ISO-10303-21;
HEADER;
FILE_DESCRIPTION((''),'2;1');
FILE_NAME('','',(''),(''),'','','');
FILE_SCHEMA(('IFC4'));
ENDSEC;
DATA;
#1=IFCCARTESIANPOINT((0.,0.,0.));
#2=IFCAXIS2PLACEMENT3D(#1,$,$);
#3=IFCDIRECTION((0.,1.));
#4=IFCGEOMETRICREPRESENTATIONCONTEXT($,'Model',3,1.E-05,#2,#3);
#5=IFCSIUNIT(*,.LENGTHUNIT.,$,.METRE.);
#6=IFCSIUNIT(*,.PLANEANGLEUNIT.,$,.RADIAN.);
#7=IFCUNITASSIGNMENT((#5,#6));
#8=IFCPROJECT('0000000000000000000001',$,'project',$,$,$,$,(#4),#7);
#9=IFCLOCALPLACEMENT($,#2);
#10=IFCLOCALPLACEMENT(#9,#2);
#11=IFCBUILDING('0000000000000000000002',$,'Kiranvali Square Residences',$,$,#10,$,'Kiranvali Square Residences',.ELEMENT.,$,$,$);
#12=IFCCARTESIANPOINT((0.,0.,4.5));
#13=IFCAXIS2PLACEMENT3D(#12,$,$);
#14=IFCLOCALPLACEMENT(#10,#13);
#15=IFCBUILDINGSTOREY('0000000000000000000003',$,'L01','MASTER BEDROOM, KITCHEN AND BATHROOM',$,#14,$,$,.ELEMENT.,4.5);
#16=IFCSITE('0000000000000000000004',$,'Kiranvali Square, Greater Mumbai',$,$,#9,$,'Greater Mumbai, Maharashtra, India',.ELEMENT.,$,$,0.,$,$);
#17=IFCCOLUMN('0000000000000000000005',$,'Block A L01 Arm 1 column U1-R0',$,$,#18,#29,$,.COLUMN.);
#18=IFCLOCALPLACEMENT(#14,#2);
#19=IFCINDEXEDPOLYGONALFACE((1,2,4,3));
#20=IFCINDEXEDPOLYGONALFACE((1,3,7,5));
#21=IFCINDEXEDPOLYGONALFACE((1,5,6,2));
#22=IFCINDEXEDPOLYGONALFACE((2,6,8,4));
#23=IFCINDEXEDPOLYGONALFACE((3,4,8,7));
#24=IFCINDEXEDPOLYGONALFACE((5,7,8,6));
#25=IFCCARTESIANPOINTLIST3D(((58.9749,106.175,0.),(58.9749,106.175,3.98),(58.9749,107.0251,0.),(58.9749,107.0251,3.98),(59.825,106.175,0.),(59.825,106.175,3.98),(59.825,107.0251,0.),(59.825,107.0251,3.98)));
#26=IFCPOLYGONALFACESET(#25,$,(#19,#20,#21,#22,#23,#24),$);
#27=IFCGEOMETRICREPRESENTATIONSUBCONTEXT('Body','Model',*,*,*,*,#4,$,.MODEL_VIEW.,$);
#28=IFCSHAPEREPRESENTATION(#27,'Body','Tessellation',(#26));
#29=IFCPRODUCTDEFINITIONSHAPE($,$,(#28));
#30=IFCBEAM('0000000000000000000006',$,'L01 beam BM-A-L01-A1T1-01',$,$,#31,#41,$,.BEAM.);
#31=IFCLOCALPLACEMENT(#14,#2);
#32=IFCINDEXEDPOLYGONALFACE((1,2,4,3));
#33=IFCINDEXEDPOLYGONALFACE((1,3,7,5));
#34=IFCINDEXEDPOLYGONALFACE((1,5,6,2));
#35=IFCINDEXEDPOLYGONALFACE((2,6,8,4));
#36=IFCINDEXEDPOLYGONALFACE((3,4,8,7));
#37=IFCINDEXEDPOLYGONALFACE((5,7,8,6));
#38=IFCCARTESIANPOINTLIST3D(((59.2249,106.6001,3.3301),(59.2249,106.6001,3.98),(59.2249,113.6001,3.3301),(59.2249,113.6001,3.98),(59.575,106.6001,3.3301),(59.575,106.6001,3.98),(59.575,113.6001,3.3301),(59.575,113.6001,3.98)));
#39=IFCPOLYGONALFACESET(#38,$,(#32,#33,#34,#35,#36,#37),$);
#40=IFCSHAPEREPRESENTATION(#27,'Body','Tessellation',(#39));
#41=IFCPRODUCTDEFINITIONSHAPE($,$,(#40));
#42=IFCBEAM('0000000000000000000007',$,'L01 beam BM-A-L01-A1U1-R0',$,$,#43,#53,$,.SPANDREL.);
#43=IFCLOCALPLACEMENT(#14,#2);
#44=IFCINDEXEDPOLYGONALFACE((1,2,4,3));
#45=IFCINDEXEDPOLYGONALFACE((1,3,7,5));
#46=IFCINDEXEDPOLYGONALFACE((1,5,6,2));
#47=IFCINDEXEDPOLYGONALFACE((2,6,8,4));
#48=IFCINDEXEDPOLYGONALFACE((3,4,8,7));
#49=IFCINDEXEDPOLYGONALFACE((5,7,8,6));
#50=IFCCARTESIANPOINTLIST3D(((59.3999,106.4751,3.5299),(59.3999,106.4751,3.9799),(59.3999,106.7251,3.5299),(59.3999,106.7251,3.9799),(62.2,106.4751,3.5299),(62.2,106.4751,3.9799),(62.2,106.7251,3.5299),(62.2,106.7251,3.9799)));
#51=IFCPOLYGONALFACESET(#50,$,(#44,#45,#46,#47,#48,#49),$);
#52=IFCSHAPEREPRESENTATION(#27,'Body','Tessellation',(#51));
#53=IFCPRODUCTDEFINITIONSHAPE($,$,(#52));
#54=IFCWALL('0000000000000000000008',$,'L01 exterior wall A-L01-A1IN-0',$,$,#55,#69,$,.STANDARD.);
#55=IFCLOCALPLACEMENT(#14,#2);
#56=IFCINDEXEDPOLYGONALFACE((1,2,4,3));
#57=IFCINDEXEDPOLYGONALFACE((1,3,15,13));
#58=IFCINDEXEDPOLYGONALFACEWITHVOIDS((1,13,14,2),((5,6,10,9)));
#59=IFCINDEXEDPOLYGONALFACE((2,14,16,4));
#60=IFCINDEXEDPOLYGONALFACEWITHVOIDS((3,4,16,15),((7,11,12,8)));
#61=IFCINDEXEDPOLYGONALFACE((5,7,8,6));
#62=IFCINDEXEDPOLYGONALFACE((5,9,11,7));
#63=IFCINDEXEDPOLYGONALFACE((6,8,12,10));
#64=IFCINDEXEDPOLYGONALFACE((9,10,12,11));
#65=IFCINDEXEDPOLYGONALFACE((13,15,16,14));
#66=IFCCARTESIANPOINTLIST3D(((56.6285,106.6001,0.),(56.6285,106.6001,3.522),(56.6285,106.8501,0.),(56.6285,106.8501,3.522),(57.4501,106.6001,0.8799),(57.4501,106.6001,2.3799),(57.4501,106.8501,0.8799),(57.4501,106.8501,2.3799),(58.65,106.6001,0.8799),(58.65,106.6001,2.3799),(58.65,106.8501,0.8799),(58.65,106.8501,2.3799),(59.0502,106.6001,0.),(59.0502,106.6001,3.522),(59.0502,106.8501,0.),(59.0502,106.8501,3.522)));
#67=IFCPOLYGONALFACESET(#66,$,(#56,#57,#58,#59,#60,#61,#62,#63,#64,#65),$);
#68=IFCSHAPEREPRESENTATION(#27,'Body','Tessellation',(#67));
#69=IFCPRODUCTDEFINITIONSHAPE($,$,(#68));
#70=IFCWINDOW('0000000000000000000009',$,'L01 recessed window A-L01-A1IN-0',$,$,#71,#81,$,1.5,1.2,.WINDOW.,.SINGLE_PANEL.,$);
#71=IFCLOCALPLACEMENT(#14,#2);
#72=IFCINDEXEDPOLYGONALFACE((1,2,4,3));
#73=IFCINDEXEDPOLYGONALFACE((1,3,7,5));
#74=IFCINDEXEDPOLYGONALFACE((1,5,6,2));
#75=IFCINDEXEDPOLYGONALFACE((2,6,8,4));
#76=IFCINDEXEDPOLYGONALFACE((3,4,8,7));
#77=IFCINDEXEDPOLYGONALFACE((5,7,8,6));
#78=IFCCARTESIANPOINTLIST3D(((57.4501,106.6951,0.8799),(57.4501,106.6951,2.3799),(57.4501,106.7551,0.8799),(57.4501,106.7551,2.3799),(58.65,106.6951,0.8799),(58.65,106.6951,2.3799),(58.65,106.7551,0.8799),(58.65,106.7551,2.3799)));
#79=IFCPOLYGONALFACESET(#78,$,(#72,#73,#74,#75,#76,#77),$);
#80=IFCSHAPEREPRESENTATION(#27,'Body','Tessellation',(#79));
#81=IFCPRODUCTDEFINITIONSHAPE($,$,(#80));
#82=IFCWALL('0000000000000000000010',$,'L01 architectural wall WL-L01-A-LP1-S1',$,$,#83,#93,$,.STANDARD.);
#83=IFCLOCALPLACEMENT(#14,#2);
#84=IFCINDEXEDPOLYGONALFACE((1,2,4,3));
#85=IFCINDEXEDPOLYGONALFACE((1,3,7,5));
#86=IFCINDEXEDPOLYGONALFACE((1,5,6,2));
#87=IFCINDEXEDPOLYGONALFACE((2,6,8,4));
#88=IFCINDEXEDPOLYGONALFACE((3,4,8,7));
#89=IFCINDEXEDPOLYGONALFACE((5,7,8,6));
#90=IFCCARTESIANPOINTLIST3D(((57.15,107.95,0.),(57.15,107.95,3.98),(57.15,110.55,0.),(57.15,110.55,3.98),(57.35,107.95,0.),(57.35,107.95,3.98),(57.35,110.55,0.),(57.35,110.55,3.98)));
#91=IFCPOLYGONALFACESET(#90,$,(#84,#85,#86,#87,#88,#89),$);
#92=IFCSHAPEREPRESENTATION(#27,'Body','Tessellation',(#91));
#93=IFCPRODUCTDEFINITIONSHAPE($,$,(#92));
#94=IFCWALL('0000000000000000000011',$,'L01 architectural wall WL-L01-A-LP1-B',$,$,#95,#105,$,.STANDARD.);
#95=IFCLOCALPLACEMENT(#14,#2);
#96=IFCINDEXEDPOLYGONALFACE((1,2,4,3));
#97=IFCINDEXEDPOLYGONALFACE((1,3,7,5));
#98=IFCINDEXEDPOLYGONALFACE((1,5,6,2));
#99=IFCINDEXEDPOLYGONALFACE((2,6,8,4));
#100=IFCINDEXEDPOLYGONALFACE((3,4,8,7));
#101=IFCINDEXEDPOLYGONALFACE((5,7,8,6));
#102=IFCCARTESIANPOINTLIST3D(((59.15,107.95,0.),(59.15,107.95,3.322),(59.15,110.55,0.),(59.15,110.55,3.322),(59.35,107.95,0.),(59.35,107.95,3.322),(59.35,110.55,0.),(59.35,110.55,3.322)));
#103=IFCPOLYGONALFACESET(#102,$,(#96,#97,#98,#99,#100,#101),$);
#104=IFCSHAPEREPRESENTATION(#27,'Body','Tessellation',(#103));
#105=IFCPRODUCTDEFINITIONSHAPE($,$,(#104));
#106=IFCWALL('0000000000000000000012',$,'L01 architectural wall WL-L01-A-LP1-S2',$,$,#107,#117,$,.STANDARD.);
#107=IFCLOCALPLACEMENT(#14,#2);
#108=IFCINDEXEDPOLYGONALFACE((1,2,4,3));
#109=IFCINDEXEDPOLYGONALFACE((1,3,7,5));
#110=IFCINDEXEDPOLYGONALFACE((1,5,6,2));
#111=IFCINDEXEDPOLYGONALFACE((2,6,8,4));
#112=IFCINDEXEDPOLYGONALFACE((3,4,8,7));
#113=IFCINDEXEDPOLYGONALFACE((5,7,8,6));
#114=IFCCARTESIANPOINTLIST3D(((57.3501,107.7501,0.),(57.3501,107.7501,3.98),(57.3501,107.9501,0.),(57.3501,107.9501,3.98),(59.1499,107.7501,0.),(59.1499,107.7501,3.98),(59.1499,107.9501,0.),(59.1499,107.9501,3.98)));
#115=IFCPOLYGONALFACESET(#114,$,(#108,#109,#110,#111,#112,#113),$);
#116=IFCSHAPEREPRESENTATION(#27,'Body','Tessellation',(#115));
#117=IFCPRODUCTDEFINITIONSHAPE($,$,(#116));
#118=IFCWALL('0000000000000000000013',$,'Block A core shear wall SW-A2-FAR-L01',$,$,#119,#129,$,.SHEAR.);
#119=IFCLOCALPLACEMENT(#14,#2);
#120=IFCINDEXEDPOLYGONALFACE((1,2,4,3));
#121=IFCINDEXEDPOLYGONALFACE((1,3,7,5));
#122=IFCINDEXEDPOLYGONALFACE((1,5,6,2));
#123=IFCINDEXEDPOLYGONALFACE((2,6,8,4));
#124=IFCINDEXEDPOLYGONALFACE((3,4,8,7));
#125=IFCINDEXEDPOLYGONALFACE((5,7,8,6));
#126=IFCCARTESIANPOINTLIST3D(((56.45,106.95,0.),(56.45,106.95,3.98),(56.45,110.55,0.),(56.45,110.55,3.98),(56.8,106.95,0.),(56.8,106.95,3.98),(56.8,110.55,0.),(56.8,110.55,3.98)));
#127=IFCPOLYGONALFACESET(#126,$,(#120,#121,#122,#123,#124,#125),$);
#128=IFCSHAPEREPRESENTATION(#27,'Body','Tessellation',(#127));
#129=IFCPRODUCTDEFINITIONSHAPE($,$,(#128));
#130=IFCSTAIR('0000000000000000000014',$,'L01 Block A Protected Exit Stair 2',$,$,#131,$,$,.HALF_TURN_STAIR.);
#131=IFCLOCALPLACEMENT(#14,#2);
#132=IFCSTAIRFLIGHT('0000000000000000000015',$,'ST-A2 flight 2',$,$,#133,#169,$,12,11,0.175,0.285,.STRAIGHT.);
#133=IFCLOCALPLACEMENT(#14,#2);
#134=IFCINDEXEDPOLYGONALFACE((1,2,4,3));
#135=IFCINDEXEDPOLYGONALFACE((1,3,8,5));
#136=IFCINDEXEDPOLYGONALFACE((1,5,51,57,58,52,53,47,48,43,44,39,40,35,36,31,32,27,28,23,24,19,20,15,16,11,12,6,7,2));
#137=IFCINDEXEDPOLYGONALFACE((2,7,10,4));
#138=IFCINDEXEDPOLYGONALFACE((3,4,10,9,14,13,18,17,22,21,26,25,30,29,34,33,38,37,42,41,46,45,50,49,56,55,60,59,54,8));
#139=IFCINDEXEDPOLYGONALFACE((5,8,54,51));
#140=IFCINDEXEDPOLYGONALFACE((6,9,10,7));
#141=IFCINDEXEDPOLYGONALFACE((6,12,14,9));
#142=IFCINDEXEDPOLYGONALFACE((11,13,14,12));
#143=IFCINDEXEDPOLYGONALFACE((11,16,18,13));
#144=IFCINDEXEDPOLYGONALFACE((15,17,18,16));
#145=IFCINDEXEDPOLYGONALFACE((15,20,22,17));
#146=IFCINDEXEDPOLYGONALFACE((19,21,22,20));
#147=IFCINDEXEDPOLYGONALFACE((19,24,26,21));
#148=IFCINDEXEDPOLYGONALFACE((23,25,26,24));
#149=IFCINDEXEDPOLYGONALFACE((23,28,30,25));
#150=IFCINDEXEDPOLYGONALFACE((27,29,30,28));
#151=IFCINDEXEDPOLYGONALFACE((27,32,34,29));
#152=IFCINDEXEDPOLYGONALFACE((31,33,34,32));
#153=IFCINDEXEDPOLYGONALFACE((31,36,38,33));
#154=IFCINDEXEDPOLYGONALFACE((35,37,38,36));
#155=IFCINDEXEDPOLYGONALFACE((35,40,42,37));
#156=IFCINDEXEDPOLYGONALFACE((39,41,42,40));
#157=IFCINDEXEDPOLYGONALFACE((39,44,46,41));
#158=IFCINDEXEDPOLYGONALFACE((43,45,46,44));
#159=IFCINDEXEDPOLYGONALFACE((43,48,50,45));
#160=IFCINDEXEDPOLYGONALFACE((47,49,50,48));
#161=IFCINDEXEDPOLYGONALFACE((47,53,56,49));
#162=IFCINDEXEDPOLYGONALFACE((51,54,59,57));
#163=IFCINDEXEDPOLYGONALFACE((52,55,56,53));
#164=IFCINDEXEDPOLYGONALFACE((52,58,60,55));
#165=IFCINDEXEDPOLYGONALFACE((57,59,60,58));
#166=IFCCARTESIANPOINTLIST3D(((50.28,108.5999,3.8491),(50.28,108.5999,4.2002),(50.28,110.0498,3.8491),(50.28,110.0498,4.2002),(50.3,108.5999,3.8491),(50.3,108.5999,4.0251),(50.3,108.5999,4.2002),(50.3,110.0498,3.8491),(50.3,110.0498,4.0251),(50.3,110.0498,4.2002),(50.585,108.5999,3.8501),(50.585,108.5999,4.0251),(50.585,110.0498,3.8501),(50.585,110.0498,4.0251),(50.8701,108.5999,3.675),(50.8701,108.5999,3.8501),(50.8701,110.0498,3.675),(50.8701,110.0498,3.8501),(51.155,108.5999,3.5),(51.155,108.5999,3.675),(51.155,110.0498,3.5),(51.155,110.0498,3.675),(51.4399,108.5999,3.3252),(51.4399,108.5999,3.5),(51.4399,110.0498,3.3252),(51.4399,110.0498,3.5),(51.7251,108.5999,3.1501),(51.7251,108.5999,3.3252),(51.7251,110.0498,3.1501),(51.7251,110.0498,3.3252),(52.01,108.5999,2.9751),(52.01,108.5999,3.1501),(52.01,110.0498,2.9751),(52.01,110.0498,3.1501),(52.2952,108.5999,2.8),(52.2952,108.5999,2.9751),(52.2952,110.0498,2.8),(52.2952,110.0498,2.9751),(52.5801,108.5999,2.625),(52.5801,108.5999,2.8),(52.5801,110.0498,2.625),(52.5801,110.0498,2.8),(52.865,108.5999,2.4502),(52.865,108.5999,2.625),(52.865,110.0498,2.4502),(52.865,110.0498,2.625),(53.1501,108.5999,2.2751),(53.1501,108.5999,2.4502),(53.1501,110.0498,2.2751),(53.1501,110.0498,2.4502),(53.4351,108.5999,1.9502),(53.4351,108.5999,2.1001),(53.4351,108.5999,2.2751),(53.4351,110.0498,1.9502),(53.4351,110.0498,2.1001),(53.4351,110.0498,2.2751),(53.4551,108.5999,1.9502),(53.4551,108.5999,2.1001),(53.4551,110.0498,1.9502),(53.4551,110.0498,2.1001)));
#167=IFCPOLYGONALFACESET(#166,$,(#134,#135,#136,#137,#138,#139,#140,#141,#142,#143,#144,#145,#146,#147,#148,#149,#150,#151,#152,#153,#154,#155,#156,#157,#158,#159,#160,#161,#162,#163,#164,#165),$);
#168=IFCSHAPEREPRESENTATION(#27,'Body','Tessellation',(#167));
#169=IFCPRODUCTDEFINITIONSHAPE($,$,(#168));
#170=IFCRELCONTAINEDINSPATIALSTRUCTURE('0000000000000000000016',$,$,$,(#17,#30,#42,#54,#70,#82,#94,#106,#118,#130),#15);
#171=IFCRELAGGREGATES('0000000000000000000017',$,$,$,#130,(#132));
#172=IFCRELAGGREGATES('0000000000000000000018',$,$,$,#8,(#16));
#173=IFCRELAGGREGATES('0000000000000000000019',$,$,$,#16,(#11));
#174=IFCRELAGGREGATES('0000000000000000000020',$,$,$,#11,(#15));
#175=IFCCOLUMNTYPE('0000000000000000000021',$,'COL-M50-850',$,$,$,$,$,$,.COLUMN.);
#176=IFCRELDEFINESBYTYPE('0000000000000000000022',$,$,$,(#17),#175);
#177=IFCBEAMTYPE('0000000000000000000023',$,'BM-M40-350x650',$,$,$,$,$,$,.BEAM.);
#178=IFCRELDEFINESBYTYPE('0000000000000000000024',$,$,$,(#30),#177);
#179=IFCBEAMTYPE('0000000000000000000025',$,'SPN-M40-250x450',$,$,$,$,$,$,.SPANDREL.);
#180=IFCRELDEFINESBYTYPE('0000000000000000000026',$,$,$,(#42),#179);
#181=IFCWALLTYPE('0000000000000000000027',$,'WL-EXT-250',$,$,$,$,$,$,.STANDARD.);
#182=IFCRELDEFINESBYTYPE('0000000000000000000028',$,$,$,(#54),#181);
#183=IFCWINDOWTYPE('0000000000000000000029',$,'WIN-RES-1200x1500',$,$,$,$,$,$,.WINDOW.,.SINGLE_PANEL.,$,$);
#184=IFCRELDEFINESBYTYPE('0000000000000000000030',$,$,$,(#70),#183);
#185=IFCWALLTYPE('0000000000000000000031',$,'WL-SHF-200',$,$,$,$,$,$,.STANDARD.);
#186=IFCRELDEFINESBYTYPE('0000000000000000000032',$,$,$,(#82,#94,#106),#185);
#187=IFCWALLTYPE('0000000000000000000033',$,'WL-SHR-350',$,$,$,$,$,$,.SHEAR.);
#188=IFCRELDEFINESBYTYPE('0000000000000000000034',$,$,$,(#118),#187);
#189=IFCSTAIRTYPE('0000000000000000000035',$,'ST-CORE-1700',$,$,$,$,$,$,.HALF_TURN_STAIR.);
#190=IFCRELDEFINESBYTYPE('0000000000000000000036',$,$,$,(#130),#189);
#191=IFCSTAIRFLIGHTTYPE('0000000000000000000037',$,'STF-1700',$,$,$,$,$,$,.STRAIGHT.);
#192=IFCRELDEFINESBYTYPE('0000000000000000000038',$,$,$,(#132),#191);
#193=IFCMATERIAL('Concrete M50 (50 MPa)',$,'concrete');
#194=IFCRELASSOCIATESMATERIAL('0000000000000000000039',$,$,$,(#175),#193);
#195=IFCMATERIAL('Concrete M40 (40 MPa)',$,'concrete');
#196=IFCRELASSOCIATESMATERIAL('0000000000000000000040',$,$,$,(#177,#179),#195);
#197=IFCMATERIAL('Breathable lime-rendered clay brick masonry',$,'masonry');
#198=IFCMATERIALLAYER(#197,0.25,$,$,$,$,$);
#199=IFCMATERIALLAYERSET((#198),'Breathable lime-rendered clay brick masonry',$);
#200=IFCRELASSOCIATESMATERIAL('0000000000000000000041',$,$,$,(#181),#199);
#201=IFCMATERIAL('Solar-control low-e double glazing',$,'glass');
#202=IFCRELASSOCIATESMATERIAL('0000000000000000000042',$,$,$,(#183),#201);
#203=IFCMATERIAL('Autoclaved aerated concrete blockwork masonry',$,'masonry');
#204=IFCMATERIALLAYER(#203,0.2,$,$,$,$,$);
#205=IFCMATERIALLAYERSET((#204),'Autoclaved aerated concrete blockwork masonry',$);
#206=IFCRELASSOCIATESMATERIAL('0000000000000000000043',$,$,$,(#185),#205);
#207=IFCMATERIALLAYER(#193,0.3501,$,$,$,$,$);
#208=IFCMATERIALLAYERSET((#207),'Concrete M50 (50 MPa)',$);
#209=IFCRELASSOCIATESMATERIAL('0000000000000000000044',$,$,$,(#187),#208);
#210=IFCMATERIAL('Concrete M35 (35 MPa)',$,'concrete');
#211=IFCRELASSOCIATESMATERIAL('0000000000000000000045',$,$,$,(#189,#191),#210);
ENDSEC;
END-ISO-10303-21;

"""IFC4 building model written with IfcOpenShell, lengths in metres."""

from ifc_helpers import new_model, si_unit, direction, frame, frame_2d, origin, origin_2d, place, context, subcontext, project, spatial, polyline, rectangle, outline, extrude, material, layer, layer_set, material_profile, profile_set, type_object, element, fill, aggregate, save


model = new_model("IFC4")

# Units and contexts
model_context = context("Model", 3, precision=1e-05, world=origin(), true_north=direction((0.0, 1.0)))
body_context = subcontext(model_context, "Body", "Model", "MODEL_VIEW")
ifc_project = project(units=[si_unit("LENGTHUNIT", "METRE"), si_unit("PLANEANGLEUNIT", "RADIAN")], contexts=[model_context])

# Site, building, storey
site_placement = place(None, origin())
site = spatial("IfcSite", under=ifc_project, at=site_placement, Name="Kiranvali Square, Greater Mumbai", LongName="Greater Mumbai, Maharashtra, India", CompositionType="ELEMENT", RefElevation=0.0)
building_placement = place(site_placement, origin())
building = spatial("IfcBuilding", under=site, at=building_placement, Name="Kiranvali Square Residences", LongName="Kiranvali Square Residences", CompositionType="ELEMENT")
storey_placement = place(building_placement, frame((0.0, 0.0, 4.5)))
storey = spatial("IfcBuildingStorey", under=building, at=storey_placement, Name="L01", Description="MASTER BEDROOM, KITCHEN AND BATHROOM", CompositionType="ELEMENT", Elevation=4.5)

# Column
ifc_material_1 = material(Name="Concrete M50 (50 MPa)", Category="concrete")
ifc_material_profile_1 = material_profile(ifc_material_1, rectangle(XDim=0.8501, YDim=0.8501, at=origin_2d()), Name="RC 850x850")
ifc_profile_set_1 = profile_set([ifc_material_profile_1], Name="Concrete M50 (50 MPa)")
column_type = type_object("IfcColumnType", Name="COL-M50-850", PredefinedType="COLUMN", material=ifc_profile_set_1)
column_placement = place(storey_placement, frame((59.3999, 106.6001, 0.0), z_axis=(0.0, 0.0, 1.0), x_axis=(1.0, 0.0, 0.0)))
element("IfcColumn", 1, at=column_placement, inside=storey, type_object=column_type, Name="Block A L01 Arm 1 column U1-R0", PredefinedType="COLUMN", context=body_context, shape_type="SweptSolid", body=[
    extrude(rectangle(XDim=0.8501, YDim=0.8501, at=origin_2d()), origin(), (0.0, 0.0, 1.0), 3.98),
])

# Beams
ifc_material_2 = material(Name="Concrete M40 (40 MPa)", Category="concrete")
ifc_material_profile_2 = material_profile(ifc_material_2, rectangle(XDim=0.3501, YDim=0.6499, at=origin_2d()), Name="RC 350x650")
ifc_profile_set_2 = profile_set([ifc_material_profile_2], Name="Concrete M40 (40 MPa)")
beam_type_1 = type_object("IfcBeamType", Name="BM-M40-350x650", PredefinedType="BEAM", material=ifc_profile_set_2)
beam_1_placement = place(storey_placement, frame((59.3999, 106.6001, 3.655), z_axis=(0.0, 1.0, 0.0), x_axis=(-1.0, 0.0, 0.0)))
element("IfcBeam", 2, at=beam_1_placement, inside=storey, type_object=beam_type_1, Name="L01 beam BM-A-L01-A1T1-01", PredefinedType="BEAM", context=body_context, shape_type="SweptSolid", body=[
    extrude(rectangle(XDim=0.3501, YDim=0.6499, at=origin_2d()), origin(), (0.0, 0.0, 1.0), 7.0),
])
ifc_material_profile_3 = material_profile(ifc_material_2, rectangle(XDim=0.25, YDim=0.45, at=origin_2d()), Name="RC 250x450")
ifc_profile_set_3 = profile_set([ifc_material_profile_3], Name="Concrete M40 (40 MPa)")
beam_type_2 = type_object("IfcBeamType", Name="SPN-M40-250x450", PredefinedType="SPANDREL", material=ifc_profile_set_3)
beam_2_placement = place(storey_placement, frame((59.3999, 106.6001, 3.7549), z_axis=(1.0, 0.0, 0.0), x_axis=(0.0, 1.0, 0.0)))
element("IfcBeam", 3, at=beam_2_placement, inside=storey, type_object=beam_type_2, Name="L01 beam BM-A-L01-A1U1-R0", PredefinedType="SPANDREL", context=body_context, shape_type="SweptSolid", body=[
    extrude(rectangle(XDim=0.25, YDim=0.45, at=origin_2d()), origin(), (0.0, 0.0, 1.0), 2.8),
])

# Shared definitions
ifc_material_3 = material(Name="Autoclaved aerated concrete blockwork masonry", Category="masonry")

# Wall, opening, window
ifc_material_4 = material(Name="Breathable lime-rendered clay brick masonry", Category="masonry")
ifc_layer_1 = layer(ifc_material_4, 0.25)
ifc_layer_set_1 = layer_set([ifc_layer_1], Name="Breathable lime-rendered clay brick masonry")
wall_type_1 = type_object("IfcWallType", Name="WL-EXT-250", PredefinedType="STANDARD", material=ifc_layer_set_1)
wall_1_placement = place(storey_placement, frame((56.6284, 106.7251, 0.0), z_axis=(0.0, 0.0, 1.0), x_axis=(1.0, 0.0, 0.0)))
wall_1 = element("IfcWall", 4, at=wall_1_placement, inside=storey, type_object=wall_type_1, Name="L01 exterior wall A-L01-A1IN-0", PredefinedType="STANDARD", context=body_context, shape_type="SweptSolid", body=[
    extrude(rectangle(XDim=2.4216, YDim=0.25, at=frame_2d((1.2109, 0.0))), origin(), (0.0, 0.0, 1.0), 3.522),
])
opening_1_placement = place(wall_1_placement, frame((0.8215, 0.0, 0.8799)))
opening_1 = element("IfcOpeningElement", 5, at=opening_1_placement, cuts=wall_1, PredefinedType="OPENING", context=body_context, shape_type="SweptSolid", body=[
    extrude(rectangle(XDim=1.2, YDim=1.5, at=frame_2d((0.6001, 0.75))), frame((0.0, 0.135, 0.0), z_axis=(0.0, -1.0, 0.0), x_axis=(1.0, 0.0, 0.0)), (0.0, 0.0, 1.0), 0.27),
])
ifc_material_5 = material(Name="Solar-control low-e double glazing", Category="glass")
window_type = type_object("IfcWindowType", Name="WIN-RES-1200x1500", PartitioningType="SINGLE_PANEL", PredefinedType="WINDOW", material=ifc_material_5)
window_placement = place(opening_1_placement, origin())
window = element("IfcWindow", 6, at=window_placement, inside=storey, type_object=window_type, Name="L01 recessed window A-L01-A1IN-0", OverallHeight=1.5, OverallWidth=1.2, PartitioningType="SINGLE_PANEL", PredefinedType="WINDOW", context=body_context, shape_type="SweptSolid", body=[
    extrude(rectangle(XDim=1.2, YDim=1.5, at=frame_2d((0.6001, 0.75))), frame((0.0, 0.03, 0.0), z_axis=(0.0, -1.0, 0.0), x_axis=(1.0, 0.0, 0.0)), (0.0, 0.0, 1.0), 0.0601),
])
fill(opening_1, window)

# Walls
ifc_layer_2 = layer(ifc_material_3, 0.2)
ifc_layer_set_2 = layer_set([ifc_layer_2], Name="Autoclaved aerated concrete blockwork masonry")
wall_type_2 = type_object("IfcWallType", Name="WL-SHF-200", PredefinedType="STANDARD", material=ifc_layer_set_2)
wall_2_placement = place(storey_placement, frame((57.25, 107.95, 0.0), z_axis=(0.0, 0.0, 1.0), x_axis=(0.0, 1.0, 0.0)))
element("IfcWall", 7, at=wall_2_placement, inside=storey, type_object=wall_type_2, Name="L01 architectural wall WL-L01-A-LP1-S1", PredefinedType="STANDARD", context=body_context, shape_type="SweptSolid", body=[
    extrude(rectangle(XDim=2.6001, YDim=0.2, at=frame_2d((1.3, 0.0))), origin(), (0.0, 0.0, 1.0), 3.98),
])
wall_3_placement = place(storey_placement, frame((59.25, 107.95, 0.0), z_axis=(0.0, 0.0, 1.0), x_axis=(0.0, 1.0, 0.0)))
element("IfcWall", 8, at=wall_3_placement, inside=storey, type_object=wall_type_2, Name="L01 architectural wall WL-L01-A-LP1-B", PredefinedType="STANDARD", context=body_context, shape_type="SweptSolid", body=[
    extrude(rectangle(XDim=2.6001, YDim=0.2, at=frame_2d((1.3, 0.0))), origin(), (0.0, 0.0, 1.0), 3.322),
])
wall_4_placement = place(storey_placement, frame((57.3501, 107.8501, 0.0), z_axis=(0.0, 0.0, 1.0), x_axis=(1.0, 0.0, 0.0)))
element("IfcWall", 9, at=wall_4_placement, inside=storey, type_object=wall_type_2, Name="L01 architectural wall WL-L01-A-LP1-S2", PredefinedType="STANDARD", context=body_context, shape_type="SweptSolid", body=[
    extrude(rectangle(XDim=1.7998, YDim=0.2, at=frame_2d((0.8999, 0.0))), origin(), (0.0, 0.0, 1.0), 3.98),
])

# Wall
ifc_layer_3 = layer(ifc_material_1, 0.3501)
ifc_layer_set_3 = layer_set([ifc_layer_3], Name="Concrete M50 (50 MPa)")
wall_type_3 = type_object("IfcWallType", Name="WL-SHR-350", PredefinedType="SHEAR", material=ifc_layer_set_3)
wall_5_placement = place(storey_placement, frame((56.625, 106.95, 0.0), z_axis=(0.0, 0.0, 1.0), x_axis=(0.0, 1.0, 0.0)))
element("IfcWall", 10, at=wall_5_placement, inside=storey, type_object=wall_type_3, Name="Block A core shear wall SW-A2-FAR-L01", PredefinedType="SHEAR", context=body_context, shape_type="SweptSolid", body=[
    extrude(rectangle(XDim=3.6001, YDim=0.3501, at=frame_2d((1.8, 0.0))), origin(), (0.0, 0.0, 1.0), 3.98),
])

# Stair, stair flight
ifc_material_6 = material(Name="Concrete M35 (35 MPa)", Category="concrete")
stair_type = type_object("IfcStairType", Name="ST-CORE-1700", PredefinedType="HALF_TURN_STAIR", material=ifc_material_6)
stair_placement = place(storey_placement, origin())
stair = element("IfcStair", 11, at=stair_placement, inside=storey, type_object=stair_type, Name="L01 Block A Protected Exit Stair 2", PredefinedType="HALF_TURN_STAIR")
stair_flight_type = type_object("IfcStairFlightType", Name="STF-1700", PredefinedType="STRAIGHT", material=ifc_material_6)
stair_flight_placement = place(storey_placement, frame((53.4351, 109.325, 2.1001), z_axis=(0.0, 0.0, 1.0), x_axis=(-1.0, 0.0, 0.0)))
stair_flight = element("IfcStairFlight", 12, at=stair_flight_placement, type_object=stair_flight_type, Name="ST-A2 flight 2", NumberOfRisers=12, NumberOfTreads=11, PredefinedType="STRAIGHT", RiserHeight=0.175, TreadLength=0.285, context=body_context, shape_type="SweptSolid", body=[
    extrude(outline(polyline([(-0.02, -0.1499), (-0.02, 0.0), (0.0, 0.0), (0.0, 0.175), (0.2849, 0.175), (0.2849, 0.3501), (0.5701, 0.3501), (0.5701, 0.5249), (0.855, 0.5249), (0.855, 0.7), (1.1399, 0.7), (1.1399, 0.875), (1.425, 0.875), (1.425, 1.05), (1.71, 1.05), (1.71, 1.2251), (1.9951, 1.2251), (1.9951, 1.3999), (2.28, 1.3999), (2.28, 1.575), (2.5649, 1.575), (2.5649, 1.75), (2.8501, 1.75), (2.8501, 1.925), (3.135, 1.925), (3.135, 2.1001), (3.155, 2.1001), (3.155, 1.749), (3.135, 1.749), (0.0, -0.1499), (-0.02, -0.1499)])), frame((0.0, 0.7251, 0.0), z_axis=(0.0, -1.0, 0.0), x_axis=(1.0, 0.0, 0.0)), (0.0, 0.0, 1.0), 1.45),
])
aggregate(stair, [stair_flight])

save(model, "model.ifc")
